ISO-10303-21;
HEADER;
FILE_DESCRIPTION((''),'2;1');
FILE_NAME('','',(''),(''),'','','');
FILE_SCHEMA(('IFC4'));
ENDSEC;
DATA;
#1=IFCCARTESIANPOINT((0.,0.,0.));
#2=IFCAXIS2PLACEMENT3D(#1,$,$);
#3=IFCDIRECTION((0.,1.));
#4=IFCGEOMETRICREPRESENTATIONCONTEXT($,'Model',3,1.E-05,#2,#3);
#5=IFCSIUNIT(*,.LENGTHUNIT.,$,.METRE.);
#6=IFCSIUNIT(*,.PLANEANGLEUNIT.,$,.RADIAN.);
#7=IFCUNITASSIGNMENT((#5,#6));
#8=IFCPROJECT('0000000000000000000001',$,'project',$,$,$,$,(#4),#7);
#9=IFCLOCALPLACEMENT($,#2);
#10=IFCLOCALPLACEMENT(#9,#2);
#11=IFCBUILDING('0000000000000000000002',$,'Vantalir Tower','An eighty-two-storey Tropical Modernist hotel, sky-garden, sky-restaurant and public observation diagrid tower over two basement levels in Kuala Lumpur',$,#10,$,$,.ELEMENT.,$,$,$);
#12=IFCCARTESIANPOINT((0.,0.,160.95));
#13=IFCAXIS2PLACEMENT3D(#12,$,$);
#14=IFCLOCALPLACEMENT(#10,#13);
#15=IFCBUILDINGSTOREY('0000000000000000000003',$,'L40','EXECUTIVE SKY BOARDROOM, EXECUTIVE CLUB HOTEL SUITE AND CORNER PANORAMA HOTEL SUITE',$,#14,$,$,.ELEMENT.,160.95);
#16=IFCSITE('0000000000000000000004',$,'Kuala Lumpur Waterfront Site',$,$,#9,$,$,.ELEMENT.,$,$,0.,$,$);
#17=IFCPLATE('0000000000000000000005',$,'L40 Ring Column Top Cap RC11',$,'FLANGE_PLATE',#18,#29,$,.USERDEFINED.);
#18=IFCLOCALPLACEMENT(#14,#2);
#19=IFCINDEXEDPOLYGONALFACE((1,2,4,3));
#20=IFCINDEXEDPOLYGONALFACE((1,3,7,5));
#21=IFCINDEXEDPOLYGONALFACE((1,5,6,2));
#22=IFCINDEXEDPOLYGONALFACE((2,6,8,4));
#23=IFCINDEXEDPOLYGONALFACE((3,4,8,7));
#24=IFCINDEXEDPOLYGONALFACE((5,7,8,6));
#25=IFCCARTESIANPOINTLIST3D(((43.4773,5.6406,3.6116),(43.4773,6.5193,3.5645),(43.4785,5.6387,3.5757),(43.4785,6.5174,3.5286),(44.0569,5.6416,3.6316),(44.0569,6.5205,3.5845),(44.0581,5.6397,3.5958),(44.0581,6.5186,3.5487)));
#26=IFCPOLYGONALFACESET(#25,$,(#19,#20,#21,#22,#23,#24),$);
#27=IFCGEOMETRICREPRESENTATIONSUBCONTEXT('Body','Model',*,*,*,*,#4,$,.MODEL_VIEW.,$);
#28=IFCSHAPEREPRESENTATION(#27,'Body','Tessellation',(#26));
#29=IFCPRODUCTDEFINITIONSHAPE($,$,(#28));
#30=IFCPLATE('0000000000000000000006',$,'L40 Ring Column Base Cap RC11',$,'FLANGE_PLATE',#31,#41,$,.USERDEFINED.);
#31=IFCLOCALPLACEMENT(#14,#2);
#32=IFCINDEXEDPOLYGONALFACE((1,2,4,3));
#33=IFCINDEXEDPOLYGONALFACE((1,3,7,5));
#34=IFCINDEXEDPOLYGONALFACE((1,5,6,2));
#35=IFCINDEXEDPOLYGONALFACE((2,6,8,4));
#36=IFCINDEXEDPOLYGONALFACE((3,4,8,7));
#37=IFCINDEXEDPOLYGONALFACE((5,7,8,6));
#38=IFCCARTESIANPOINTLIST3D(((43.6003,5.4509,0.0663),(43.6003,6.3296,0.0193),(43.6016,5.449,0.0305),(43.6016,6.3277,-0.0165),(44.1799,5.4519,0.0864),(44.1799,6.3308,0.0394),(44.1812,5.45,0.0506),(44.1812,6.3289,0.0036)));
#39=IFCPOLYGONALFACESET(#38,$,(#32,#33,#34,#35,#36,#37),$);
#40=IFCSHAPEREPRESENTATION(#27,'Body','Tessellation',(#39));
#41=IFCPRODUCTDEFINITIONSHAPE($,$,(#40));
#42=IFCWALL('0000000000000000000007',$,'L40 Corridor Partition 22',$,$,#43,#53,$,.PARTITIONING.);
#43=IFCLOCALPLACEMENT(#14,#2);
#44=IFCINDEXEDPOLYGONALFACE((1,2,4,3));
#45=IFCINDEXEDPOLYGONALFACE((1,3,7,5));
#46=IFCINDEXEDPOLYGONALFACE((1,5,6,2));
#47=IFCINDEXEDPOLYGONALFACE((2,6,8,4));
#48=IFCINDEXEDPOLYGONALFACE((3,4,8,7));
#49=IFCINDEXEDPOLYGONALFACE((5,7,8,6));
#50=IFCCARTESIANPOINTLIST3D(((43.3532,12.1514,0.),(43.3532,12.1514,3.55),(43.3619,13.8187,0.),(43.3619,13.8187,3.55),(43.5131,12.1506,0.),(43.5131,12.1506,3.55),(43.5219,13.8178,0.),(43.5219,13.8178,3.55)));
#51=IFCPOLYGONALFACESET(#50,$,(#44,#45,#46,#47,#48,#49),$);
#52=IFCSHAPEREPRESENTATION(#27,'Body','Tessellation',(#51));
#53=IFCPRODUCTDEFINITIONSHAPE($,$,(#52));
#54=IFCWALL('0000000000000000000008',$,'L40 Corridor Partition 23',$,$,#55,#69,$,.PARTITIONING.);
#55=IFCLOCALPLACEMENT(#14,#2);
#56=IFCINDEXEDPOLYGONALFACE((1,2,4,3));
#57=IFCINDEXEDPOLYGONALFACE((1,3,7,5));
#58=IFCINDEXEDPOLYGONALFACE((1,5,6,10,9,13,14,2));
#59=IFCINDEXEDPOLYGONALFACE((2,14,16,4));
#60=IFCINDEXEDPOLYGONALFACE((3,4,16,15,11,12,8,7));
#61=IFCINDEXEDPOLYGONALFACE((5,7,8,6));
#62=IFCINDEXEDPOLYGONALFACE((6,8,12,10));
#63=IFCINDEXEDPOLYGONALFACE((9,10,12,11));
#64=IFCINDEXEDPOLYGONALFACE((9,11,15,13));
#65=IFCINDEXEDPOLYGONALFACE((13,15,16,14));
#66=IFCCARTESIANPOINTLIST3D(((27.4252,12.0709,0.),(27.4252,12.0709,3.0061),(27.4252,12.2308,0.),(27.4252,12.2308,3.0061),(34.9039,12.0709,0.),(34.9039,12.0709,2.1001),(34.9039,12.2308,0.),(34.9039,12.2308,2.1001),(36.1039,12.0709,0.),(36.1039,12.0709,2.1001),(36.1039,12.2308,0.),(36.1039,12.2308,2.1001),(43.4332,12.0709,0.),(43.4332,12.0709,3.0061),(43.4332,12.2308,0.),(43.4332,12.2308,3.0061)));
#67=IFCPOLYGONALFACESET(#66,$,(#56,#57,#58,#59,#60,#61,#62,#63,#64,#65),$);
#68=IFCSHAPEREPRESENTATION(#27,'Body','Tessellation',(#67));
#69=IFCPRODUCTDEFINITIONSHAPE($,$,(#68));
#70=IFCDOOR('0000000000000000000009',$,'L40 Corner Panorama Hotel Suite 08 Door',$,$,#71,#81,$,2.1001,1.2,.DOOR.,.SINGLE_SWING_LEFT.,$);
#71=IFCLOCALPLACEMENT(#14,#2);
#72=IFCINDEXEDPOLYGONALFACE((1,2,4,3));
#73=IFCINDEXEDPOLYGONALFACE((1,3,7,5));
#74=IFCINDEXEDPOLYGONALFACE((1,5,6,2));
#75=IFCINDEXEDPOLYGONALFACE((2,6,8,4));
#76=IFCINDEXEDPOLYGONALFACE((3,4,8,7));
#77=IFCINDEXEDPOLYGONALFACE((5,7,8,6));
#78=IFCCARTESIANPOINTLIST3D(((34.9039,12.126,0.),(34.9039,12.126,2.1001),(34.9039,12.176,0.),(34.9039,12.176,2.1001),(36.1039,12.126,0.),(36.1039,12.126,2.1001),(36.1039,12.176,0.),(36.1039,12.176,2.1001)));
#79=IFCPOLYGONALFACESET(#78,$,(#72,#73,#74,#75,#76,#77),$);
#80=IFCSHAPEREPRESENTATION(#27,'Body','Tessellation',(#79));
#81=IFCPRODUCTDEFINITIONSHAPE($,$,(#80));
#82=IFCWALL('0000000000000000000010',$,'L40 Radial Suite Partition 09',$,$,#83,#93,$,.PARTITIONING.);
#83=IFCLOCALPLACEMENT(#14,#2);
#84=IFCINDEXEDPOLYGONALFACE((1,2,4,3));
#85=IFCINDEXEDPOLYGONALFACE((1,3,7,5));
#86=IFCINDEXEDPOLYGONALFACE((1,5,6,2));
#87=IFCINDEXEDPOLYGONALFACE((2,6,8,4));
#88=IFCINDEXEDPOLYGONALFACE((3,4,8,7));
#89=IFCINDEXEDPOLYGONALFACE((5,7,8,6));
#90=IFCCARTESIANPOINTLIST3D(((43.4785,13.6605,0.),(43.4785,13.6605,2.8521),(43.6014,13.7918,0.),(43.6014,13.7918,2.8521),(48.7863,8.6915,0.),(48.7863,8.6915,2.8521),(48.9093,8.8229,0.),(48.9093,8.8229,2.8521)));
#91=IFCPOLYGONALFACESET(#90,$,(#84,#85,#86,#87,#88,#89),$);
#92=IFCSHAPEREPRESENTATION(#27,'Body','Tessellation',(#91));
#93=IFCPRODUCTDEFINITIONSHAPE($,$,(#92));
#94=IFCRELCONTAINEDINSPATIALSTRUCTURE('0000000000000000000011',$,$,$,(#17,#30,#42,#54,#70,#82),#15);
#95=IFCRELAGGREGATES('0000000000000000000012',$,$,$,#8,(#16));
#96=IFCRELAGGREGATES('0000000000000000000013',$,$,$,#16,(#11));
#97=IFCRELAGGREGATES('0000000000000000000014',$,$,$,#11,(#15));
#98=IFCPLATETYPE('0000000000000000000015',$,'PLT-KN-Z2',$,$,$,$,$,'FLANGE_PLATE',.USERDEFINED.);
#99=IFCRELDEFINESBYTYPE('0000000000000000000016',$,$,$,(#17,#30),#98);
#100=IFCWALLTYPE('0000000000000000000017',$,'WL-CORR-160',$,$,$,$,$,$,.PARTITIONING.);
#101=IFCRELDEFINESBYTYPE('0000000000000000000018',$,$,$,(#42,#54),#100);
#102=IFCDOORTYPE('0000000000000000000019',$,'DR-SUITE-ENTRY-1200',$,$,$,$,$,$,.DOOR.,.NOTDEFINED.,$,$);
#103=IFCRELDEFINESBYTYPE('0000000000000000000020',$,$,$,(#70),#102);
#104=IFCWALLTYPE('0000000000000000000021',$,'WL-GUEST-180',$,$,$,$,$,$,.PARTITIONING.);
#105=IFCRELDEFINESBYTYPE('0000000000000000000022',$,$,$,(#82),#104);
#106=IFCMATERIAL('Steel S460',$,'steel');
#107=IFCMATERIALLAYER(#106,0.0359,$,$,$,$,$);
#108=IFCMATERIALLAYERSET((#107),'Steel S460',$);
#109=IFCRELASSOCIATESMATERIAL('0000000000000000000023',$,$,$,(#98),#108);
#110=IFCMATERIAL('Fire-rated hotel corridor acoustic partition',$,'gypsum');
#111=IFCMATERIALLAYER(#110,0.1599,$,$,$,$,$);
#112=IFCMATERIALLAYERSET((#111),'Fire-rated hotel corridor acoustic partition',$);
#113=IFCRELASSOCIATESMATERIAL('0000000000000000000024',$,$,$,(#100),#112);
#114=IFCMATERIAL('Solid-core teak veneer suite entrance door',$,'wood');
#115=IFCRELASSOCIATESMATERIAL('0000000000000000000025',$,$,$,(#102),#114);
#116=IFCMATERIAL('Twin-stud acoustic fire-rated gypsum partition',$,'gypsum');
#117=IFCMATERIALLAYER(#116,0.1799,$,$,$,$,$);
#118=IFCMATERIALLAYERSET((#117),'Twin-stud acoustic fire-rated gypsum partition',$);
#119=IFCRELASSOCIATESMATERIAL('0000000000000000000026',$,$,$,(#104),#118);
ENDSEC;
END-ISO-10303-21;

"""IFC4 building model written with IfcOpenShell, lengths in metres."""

from ifc_helpers import new_model, si_unit, direction, frame, frame_2d, origin, place, context, subcontext, project, spatial, polyline, rectangle, outline, extrude, material, layer, layer_set, type_object, element, fill, save


model = new_model("IFC4")

# Units and contexts
model_context = context("Model", 3, precision=1e-05, world=origin(), true_north=direction((0.0, 1.0)))
body_context = subcontext(model_context, "Body", "Model", "MODEL_VIEW")
ifc_project = project(units=[si_unit("LENGTHUNIT", "METRE"), si_unit("PLANEANGLEUNIT", "RADIAN")], contexts=[model_context])

# Site, building, storey
site_placement = place(None, origin())
site = spatial("IfcSite", under=ifc_project, at=site_placement, Name="Kuala Lumpur Waterfront Site", CompositionType="ELEMENT", RefElevation=0.0)
building_placement = place(site_placement, origin())
building = spatial("IfcBuilding", under=site, at=building_placement, Name="Vantalir Tower", Description="An eighty-two-storey Tropical Modernist hotel, sky-garden, sky-restaurant and public observation diagrid tower over two basement levels in Kuala Lumpur", CompositionType="ELEMENT")
storey_placement = place(building_placement, frame((0.0, 0.0, 160.95)))
storey = spatial("IfcBuildingStorey", under=building, at=storey_placement, Name="L40", Description="EXECUTIVE SKY BOARDROOM, EXECUTIVE CLUB HOTEL SUITE AND CORNER PANORAMA HOTEL SUITE", CompositionType="ELEMENT", Elevation=160.95)

# Shared definitions
ifc_material_1 = material(Name="Steel S460", Category="steel")

# Plates
ifc_layer_1 = layer(ifc_material_1, 0.0359)
ifc_layer_set_1 = layer_set([ifc_layer_1], Name="Steel S460")
plate_type_1 = type_object("IfcPlateType", Name="PLT-KN-Z2", ElementType="FLANGE_PLATE", PredefinedType="USERDEFINED", material=ifc_layer_set_1)
plate_1_placement = place(storey_placement, frame((43.4773, 6.5193, 3.5645), z_axis=(-0.034572, 0.05351, 0.997969), x_axis=(0.0, -0.998566, 0.053542)))
element("IfcPlate", 1, at=plate_1_placement, inside=storey, type_object=plate_type_1, Name="L40 Ring Column Top Cap RC11", ObjectType="FLANGE_PLATE", PredefinedType="USERDEFINED", context=body_context, shape_type="SweptSolid", body=[
    extrude(outline(polyline([(0.0, 0.0), (0.8799, 0.0), (0.88, 0.5799), (-0.0001, 0.5799), (0.0, 0.0)])), origin(), (0.0, 0.0, -1.0), 0.0359),
])
plate_2_placement = place(storey_placement, frame((43.6003, 6.3296, 0.0193), z_axis=(-0.034782, 0.053371, 0.997969), x_axis=(0.000005, -0.998573, 0.053404)))
element("IfcPlate", 2, at=plate_2_placement, inside=storey, type_object=plate_type_1, Name="L40 Ring Column Base Cap RC11", ObjectType="FLANGE_PLATE", PredefinedType="USERDEFINED", context=body_context, shape_type="SweptSolid", body=[
    extrude(outline(polyline([(0.0, 0.0), (0.8799, 0.0), (0.88, 0.5799), (-0.0001, 0.5799), (0.0, 0.0)])), origin(), (0.0, 0.0, -1.0), 0.0359),
])

# Wall
ifc_material_2 = material(Name="Fire-rated hotel corridor acoustic partition", Category="gypsum")
ifc_layer_2 = layer(ifc_material_2, 0.1599)
ifc_layer_set_2 = layer_set([ifc_layer_2], Name="Fire-rated hotel corridor acoustic partition")
wall_type_1 = type_object("IfcWallType", Name="WL-CORR-160", PredefinedType="PARTITIONING", material=ifc_layer_set_2)
wall_1_placement = place(storey_placement, frame((43.4419, 13.8181, 0.0), z_axis=(0.0, 0.0, 1.0), x_axis=(-0.005272, -0.999986, 0.0)))
element("IfcWall", 3, at=wall_1_placement, inside=storey, type_object=wall_type_1, Name="L40 Corridor Partition 22", PredefinedType="PARTITIONING", context=body_context, shape_type="SweptSolid", body=[
    extrude(rectangle(XDim=1.6672, YDim=0.1599, at=frame_2d((0.8335, 0.0))), origin(), (0.0, 0.0, 1.0), 3.55),
])

# Wall, opening, door
wall_2_placement = place(storey_placement, frame((43.4331, 12.1509, 0.0), z_axis=(0.0, 0.0, 1.0), x_axis=(-1.0, 0.0, 0.0)))
wall_2 = element("IfcWall", 4, at=wall_2_placement, inside=storey, type_object=wall_type_1, Name="L40 Corridor Partition 23", PredefinedType="PARTITIONING", context=body_context, shape_type="SweptSolid", body=[
    extrude(rectangle(XDim=16.0081, YDim=0.1599, at=frame_2d((8.0039, 0.0))), origin(), (0.0, 0.0, 1.0), 3.0061),
])
opening_placement = place(wall_2_placement, frame((7.3291, 0.0, 0.0)))
opening = element("IfcOpeningElement", 5, at=opening_placement, cuts=wall_2, PredefinedType="OPENING", context=body_context, shape_type="SweptSolid", body=[
    extrude(rectangle(XDim=1.2, YDim=2.1001, at=frame_2d((0.6001, 1.05))), frame((0.0, 0.0898, 0.0), z_axis=(0.0, -1.0, 0.0), x_axis=(1.0, 0.0, 0.0)), (0.0, 0.0, 1.0), 0.1799),
])
ifc_material_3 = material(Name="Solid-core teak veneer suite entrance door", Category="wood")
door_type = type_object("IfcDoorType", Name="DR-SUITE-ENTRY-1200", OperationType="NOTDEFINED", PredefinedType="DOOR", material=ifc_material_3)
door_placement = place(opening_placement, origin())
door = element("IfcDoor", 6, at=door_placement, inside=storey, type_object=door_type, Name="L40 Corner Panorama Hotel Suite 08 Door", OperationType="SINGLE_SWING_LEFT", OverallHeight=2.1001, OverallWidth=1.2, PredefinedType="DOOR", context=body_context, shape_type="SweptSolid", body=[
    extrude(rectangle(XDim=1.2, YDim=2.1001, at=frame_2d((0.6001, 1.05))), frame((0.0, 0.0249, 0.0), z_axis=(0.0, -1.0, 0.0), x_axis=(1.0, 0.0, 0.0)), (0.0, 0.0, 1.0), 0.05),
])
fill(opening, door)

# Wall
ifc_material_4 = material(Name="Twin-stud acoustic fire-rated gypsum partition", Category="gypsum")
ifc_layer_3 = layer(ifc_material_4, 0.1799)
ifc_layer_set_3 = layer_set([ifc_layer_3], Name="Twin-stud acoustic fire-rated gypsum partition")
wall_type_2 = type_object("IfcWallType", Name="WL-GUEST-180", PredefinedType="PARTITIONING", material=ifc_layer_set_3)
wall_3_placement = place(storey_placement, frame((43.54, 13.7261, 0.0), z_axis=(0.0, 0.0, 1.0), x_axis=(0.730026, -0.683419, 0.0)))
element("IfcWall", 7, at=wall_3_placement, inside=storey, type_object=wall_type_2, Name="L40 Radial Suite Partition 09", PredefinedType="PARTITIONING", context=body_context, shape_type="SweptSolid", body=[
    extrude(rectangle(XDim=7.2708, YDim=0.1799, at=frame_2d((3.6353, 0.0))), origin(), (0.0, 0.0, 1.0), 2.8521),
])

save(model, "model.ifc")
